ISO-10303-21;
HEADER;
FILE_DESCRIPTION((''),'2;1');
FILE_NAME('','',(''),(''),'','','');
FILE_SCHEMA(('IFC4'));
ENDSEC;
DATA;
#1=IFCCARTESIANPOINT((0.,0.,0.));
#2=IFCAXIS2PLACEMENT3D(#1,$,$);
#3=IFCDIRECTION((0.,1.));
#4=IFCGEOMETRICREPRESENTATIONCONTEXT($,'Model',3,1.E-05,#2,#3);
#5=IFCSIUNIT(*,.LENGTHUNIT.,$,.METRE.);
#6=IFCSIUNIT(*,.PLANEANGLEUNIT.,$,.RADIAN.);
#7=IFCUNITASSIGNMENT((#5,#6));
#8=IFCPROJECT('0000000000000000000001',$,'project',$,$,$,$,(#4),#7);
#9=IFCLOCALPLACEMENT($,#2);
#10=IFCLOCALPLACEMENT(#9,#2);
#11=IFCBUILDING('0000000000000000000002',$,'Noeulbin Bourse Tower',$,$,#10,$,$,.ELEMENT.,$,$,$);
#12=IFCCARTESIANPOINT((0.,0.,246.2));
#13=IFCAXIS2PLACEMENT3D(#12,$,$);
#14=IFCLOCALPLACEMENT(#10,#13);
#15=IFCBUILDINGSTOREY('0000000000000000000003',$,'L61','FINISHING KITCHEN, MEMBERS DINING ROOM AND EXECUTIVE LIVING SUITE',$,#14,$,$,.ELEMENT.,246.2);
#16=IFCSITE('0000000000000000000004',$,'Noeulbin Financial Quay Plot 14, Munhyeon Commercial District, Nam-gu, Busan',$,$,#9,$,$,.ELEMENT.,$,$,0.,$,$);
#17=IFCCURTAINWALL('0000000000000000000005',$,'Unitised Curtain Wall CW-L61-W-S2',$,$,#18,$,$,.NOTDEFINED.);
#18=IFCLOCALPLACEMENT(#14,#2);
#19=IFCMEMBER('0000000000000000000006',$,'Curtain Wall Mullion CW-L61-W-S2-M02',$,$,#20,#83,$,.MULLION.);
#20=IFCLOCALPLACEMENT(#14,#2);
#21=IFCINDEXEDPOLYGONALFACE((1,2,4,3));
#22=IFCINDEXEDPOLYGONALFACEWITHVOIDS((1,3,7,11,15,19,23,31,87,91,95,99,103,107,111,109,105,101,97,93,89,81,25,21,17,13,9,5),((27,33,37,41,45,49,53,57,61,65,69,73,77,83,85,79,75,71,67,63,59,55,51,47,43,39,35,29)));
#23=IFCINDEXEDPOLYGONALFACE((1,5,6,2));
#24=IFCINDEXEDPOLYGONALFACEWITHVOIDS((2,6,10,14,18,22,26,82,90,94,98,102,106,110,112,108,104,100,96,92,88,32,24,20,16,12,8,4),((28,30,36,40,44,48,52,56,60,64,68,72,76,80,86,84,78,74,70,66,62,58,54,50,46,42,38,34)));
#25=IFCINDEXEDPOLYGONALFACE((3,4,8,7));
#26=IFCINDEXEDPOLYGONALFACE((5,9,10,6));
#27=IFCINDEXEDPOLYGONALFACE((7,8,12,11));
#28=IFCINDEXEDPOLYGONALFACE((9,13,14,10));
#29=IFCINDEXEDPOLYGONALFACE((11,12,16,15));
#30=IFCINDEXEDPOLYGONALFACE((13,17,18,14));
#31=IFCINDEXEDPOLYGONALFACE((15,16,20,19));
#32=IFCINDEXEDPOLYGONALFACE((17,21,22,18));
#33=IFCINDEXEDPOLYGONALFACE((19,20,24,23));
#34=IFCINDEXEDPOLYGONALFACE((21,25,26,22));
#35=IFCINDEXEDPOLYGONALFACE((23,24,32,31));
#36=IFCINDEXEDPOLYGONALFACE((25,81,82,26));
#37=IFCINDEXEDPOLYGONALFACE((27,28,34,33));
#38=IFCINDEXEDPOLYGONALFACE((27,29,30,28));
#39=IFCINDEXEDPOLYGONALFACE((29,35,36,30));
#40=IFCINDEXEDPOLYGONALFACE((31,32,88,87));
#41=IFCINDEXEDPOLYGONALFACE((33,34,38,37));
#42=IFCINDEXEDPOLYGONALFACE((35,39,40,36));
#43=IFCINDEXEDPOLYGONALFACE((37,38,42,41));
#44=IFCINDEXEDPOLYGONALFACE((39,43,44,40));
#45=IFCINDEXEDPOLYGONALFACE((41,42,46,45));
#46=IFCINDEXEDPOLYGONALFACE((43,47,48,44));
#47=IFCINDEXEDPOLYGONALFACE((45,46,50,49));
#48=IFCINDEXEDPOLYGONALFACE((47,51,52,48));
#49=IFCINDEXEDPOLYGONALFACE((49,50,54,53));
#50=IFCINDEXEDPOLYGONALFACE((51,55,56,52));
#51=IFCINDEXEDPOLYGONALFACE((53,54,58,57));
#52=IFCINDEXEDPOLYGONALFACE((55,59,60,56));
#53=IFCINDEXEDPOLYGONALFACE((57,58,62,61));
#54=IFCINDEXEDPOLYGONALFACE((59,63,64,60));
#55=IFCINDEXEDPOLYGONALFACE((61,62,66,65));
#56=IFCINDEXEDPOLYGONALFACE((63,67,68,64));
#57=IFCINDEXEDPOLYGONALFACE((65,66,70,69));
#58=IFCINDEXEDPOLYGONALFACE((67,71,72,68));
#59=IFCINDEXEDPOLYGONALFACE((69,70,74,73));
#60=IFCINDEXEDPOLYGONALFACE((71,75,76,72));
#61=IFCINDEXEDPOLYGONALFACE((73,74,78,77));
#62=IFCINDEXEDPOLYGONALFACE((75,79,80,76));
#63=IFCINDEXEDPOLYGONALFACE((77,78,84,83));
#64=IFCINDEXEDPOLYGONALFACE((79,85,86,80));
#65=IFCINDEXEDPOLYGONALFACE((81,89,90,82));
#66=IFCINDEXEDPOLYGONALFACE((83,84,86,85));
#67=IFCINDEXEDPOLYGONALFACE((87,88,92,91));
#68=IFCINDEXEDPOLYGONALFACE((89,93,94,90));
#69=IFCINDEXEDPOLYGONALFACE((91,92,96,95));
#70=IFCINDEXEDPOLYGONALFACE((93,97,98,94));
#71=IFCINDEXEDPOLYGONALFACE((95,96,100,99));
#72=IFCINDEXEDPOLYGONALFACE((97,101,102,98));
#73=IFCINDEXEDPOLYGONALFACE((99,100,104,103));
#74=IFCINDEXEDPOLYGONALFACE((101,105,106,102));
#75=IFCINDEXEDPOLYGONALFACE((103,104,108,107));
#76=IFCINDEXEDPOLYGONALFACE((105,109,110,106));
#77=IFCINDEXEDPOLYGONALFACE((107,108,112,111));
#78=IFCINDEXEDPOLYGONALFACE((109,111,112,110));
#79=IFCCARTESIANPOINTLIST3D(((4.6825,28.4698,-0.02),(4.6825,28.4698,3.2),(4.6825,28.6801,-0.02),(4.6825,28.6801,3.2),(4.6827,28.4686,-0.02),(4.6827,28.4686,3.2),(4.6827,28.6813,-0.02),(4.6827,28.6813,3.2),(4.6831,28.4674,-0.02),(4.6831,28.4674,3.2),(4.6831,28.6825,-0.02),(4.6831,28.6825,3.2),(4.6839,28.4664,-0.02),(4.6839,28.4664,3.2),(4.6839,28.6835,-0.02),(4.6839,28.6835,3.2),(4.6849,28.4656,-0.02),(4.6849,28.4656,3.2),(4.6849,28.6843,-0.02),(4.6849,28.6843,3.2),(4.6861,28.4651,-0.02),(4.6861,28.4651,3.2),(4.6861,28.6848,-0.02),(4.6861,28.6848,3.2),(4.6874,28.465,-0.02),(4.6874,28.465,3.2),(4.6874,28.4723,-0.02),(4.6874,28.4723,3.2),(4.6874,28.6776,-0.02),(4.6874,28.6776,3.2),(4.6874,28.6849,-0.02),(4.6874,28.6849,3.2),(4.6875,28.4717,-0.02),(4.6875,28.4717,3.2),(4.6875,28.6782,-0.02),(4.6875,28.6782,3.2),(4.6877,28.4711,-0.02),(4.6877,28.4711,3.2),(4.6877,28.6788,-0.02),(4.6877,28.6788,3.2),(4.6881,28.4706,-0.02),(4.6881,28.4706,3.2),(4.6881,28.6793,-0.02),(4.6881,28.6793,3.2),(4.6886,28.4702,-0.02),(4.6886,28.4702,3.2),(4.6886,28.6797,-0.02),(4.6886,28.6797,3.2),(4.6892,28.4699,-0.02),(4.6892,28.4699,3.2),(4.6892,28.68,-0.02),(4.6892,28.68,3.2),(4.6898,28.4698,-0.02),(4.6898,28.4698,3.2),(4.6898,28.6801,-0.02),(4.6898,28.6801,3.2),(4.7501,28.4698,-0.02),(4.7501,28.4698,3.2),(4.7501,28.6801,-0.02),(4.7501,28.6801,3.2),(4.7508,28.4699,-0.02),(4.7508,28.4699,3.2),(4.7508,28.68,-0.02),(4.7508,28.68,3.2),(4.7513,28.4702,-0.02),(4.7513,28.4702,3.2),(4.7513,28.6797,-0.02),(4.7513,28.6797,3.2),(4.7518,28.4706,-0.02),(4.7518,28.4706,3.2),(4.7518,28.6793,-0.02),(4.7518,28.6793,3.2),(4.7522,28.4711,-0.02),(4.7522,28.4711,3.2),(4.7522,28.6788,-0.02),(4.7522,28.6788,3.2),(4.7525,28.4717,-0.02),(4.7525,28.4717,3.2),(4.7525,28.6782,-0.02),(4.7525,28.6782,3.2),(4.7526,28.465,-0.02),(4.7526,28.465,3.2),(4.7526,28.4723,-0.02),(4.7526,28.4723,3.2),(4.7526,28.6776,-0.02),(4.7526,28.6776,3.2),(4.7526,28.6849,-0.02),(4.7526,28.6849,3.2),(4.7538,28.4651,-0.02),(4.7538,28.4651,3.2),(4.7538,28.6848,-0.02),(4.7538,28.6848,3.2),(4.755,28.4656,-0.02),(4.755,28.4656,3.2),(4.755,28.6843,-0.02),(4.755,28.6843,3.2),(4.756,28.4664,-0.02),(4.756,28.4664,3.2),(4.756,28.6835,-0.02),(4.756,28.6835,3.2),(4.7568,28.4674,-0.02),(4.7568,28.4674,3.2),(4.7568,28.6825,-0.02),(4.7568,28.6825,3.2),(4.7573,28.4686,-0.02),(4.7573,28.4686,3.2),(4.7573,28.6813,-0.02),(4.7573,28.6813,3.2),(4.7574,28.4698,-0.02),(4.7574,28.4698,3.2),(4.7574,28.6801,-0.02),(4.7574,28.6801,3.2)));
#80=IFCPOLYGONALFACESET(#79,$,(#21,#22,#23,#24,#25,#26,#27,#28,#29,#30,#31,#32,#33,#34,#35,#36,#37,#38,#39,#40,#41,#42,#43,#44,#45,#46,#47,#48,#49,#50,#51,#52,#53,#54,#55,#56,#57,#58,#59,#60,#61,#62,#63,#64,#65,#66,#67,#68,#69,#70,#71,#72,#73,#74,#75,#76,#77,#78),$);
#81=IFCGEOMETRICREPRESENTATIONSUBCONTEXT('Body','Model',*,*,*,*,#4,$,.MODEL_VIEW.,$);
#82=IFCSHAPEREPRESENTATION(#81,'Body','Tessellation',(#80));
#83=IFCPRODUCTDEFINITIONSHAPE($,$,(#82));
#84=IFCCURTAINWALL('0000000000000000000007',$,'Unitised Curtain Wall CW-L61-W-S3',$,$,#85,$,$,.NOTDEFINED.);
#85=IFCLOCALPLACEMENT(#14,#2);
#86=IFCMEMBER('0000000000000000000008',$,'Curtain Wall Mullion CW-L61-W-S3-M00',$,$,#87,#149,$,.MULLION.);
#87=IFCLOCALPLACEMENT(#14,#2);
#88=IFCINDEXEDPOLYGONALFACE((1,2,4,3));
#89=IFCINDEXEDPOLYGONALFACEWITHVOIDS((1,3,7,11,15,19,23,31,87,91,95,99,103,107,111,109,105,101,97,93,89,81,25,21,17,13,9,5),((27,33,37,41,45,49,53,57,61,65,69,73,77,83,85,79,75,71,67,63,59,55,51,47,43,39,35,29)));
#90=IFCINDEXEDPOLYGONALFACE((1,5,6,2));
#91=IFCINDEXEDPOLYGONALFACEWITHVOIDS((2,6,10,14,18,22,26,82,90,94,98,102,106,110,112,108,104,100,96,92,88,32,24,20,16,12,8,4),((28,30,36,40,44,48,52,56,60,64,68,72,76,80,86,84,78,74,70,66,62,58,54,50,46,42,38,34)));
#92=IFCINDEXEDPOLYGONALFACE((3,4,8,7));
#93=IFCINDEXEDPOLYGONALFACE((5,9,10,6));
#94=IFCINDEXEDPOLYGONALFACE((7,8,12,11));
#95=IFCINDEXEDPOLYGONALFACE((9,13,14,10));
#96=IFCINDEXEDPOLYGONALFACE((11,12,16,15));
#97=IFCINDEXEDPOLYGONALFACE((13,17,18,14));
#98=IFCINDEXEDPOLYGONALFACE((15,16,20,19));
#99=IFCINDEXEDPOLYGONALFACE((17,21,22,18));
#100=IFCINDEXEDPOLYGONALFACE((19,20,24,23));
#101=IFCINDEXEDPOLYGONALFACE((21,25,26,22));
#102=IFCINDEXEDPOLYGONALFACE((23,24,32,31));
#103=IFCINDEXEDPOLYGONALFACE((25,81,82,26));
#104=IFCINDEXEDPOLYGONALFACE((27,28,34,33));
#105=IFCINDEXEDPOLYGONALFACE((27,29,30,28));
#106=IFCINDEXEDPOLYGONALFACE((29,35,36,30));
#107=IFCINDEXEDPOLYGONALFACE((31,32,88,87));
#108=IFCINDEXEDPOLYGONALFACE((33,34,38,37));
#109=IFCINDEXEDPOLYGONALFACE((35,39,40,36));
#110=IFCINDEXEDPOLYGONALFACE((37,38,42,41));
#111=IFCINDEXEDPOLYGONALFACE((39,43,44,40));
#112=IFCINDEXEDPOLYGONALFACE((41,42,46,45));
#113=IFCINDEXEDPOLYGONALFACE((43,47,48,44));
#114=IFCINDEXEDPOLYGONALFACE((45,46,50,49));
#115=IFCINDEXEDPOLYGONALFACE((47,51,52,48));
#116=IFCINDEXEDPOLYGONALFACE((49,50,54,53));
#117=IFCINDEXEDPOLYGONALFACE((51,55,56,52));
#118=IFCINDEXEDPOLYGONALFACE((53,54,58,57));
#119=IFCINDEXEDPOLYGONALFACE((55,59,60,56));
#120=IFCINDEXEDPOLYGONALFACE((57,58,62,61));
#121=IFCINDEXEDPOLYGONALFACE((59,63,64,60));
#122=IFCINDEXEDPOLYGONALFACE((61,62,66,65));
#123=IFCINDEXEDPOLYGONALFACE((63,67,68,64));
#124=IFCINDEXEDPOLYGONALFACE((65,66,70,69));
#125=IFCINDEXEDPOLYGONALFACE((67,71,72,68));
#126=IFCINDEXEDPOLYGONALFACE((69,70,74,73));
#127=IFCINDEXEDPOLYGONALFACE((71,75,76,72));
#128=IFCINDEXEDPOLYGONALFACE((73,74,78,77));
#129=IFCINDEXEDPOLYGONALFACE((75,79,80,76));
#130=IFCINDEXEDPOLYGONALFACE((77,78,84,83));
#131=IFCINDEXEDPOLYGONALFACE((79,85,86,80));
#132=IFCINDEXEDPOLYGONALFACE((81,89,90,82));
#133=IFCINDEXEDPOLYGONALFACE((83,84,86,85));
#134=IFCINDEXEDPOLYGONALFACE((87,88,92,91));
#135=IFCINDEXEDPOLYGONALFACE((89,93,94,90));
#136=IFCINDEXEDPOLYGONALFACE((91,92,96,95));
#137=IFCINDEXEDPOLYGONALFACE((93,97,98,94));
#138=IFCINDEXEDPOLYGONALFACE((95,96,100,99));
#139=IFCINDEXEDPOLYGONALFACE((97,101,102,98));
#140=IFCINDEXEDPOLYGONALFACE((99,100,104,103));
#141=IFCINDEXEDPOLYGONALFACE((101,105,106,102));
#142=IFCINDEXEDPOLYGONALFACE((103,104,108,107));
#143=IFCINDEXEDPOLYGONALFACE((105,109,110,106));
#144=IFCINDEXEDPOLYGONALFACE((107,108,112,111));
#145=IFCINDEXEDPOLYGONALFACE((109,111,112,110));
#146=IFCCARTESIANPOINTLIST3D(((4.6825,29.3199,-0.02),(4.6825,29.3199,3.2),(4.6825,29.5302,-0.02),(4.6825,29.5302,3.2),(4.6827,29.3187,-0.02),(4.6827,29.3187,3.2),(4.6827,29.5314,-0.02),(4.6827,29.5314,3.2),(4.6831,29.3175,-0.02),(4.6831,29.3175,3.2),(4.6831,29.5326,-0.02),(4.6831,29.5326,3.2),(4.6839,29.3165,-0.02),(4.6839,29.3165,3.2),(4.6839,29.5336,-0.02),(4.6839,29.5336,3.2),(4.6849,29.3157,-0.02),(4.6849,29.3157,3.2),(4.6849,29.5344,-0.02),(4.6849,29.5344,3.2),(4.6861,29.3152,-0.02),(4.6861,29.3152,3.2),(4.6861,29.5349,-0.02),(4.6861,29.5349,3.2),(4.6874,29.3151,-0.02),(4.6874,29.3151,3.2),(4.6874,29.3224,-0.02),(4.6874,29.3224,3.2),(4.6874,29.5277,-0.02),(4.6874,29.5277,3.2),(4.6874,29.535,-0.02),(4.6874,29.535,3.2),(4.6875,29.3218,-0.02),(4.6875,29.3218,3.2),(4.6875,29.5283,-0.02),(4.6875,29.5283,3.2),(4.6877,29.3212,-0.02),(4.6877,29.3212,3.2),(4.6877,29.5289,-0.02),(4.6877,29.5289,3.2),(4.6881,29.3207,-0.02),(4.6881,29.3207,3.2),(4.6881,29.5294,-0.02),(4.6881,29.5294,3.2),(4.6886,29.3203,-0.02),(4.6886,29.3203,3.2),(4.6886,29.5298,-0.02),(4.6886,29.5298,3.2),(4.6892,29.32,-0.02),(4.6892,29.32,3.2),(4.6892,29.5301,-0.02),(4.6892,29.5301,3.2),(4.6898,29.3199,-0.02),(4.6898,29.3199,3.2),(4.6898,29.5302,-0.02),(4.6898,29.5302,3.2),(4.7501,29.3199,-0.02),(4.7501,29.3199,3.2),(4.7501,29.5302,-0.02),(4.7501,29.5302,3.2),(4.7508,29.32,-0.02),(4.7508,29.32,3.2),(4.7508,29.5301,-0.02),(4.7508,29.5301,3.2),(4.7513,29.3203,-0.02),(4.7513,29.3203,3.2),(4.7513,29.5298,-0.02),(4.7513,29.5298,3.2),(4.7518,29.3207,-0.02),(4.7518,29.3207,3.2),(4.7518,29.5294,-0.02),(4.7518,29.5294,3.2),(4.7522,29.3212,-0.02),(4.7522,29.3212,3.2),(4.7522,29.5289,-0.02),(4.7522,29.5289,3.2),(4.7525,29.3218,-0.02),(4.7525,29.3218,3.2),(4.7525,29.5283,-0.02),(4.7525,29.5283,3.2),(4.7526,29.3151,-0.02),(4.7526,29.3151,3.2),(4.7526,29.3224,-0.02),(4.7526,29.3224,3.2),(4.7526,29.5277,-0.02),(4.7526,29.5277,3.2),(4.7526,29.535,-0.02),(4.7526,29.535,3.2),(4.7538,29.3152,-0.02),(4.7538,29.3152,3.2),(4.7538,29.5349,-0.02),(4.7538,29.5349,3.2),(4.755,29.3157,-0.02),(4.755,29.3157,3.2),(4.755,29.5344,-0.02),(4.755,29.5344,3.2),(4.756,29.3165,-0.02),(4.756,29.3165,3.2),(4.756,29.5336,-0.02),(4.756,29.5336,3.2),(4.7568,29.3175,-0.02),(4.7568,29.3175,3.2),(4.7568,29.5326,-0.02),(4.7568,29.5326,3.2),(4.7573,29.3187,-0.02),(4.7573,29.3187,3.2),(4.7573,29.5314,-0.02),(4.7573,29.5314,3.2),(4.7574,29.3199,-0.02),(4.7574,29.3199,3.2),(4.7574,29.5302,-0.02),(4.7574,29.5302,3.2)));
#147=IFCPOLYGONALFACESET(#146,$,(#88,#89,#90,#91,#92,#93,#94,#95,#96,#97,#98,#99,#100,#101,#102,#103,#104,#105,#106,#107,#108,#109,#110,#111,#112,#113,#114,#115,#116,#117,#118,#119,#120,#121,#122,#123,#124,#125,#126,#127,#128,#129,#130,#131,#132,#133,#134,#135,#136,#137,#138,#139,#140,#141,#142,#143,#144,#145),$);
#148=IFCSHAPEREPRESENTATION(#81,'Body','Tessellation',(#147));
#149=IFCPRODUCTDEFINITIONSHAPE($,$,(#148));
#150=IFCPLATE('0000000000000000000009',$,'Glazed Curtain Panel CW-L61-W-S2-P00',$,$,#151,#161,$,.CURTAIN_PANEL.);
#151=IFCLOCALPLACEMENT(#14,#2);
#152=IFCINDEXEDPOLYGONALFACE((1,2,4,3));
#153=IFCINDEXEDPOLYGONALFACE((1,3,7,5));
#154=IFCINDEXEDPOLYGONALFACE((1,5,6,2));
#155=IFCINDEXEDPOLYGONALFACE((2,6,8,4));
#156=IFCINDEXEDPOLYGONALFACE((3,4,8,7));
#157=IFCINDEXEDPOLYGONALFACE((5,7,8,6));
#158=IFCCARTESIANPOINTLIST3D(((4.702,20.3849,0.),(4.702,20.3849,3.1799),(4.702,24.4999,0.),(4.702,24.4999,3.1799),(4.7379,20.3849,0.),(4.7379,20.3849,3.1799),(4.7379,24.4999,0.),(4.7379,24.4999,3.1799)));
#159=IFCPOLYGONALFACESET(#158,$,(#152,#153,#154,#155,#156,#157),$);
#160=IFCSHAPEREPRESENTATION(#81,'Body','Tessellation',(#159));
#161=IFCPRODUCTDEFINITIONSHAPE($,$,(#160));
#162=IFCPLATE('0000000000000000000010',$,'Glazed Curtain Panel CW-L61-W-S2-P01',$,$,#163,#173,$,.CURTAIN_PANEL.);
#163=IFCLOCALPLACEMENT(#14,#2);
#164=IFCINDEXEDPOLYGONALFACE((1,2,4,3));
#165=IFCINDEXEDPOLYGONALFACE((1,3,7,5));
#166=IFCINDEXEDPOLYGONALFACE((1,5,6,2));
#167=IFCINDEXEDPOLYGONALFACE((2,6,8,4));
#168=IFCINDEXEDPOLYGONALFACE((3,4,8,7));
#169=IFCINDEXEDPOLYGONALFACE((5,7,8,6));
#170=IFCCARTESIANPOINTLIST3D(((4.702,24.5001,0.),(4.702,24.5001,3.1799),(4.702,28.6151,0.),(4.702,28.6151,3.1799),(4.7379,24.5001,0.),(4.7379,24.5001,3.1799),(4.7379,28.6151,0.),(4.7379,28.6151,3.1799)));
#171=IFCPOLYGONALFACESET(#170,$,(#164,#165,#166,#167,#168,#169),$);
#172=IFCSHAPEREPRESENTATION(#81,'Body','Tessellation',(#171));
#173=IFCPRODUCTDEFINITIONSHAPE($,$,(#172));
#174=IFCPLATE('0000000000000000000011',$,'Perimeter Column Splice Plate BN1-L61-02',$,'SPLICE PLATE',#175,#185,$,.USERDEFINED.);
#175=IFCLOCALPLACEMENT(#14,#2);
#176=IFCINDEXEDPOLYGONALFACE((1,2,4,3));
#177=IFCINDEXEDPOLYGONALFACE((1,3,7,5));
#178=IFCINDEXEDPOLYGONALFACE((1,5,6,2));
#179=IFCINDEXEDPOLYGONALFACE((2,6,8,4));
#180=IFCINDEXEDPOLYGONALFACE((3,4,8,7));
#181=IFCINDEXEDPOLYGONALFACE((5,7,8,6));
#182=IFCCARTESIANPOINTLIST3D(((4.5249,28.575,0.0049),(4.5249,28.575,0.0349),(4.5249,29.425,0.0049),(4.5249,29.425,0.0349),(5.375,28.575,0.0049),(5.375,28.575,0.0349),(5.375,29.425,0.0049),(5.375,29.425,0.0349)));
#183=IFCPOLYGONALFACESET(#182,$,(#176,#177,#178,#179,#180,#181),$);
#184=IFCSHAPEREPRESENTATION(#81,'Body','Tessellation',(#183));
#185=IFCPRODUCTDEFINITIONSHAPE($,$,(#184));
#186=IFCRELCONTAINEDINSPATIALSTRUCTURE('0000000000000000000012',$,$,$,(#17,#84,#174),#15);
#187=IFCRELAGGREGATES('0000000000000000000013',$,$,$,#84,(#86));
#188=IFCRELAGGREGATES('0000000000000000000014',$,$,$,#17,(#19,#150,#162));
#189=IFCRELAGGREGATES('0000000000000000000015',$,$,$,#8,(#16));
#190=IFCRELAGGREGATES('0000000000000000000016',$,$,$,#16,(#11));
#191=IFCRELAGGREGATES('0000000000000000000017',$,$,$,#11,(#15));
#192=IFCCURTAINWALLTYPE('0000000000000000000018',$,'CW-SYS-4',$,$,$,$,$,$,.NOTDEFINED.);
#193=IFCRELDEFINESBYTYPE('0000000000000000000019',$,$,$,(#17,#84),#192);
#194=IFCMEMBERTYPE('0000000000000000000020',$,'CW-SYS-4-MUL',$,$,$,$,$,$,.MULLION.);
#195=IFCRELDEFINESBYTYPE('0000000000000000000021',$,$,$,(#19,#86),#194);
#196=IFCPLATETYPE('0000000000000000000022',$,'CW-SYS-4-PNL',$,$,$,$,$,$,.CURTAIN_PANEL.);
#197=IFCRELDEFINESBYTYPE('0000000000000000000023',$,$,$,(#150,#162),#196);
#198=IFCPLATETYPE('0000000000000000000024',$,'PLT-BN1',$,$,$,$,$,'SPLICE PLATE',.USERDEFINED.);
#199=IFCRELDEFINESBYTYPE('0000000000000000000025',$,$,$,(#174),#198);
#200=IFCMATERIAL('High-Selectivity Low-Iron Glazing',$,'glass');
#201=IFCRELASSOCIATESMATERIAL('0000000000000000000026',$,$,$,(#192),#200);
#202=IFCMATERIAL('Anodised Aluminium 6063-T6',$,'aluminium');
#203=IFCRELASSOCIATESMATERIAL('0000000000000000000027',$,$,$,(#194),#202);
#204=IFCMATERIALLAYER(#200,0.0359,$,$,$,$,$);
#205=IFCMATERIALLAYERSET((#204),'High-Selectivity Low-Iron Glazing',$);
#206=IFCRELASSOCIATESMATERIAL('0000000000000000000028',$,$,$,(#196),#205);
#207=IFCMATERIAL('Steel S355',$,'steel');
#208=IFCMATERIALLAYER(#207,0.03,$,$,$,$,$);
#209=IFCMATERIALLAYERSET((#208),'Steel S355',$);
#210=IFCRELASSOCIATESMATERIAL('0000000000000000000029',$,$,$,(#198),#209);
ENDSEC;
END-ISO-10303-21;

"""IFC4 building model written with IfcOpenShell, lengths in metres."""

from ifc_helpers import new_model, si_unit, direction, frame, origin, origin_2d, place, context, subcontext, project, spatial, rectangle, hollow_rectangle, extrude, material, layer, layer_set, material_profile, profile_set, type_object, element, aggregate, save


model = new_model("IFC4")

# Units and contexts
model_context = context("Model", 3, precision=1e-05, world=origin(), true_north=direction((0.0, 1.0)))
body_context = subcontext(model_context, "Body", "Model", "MODEL_VIEW")
ifc_project = project(units=[si_unit("LENGTHUNIT", "METRE"), si_unit("PLANEANGLEUNIT", "RADIAN")], contexts=[model_context])

# Site, building, storey
site_placement = place(None, origin())
site = spatial("IfcSite", under=ifc_project, at=site_placement, Name="Noeulbin Financial Quay Plot 14, Munhyeon Commercial District, Nam-gu, Busan", CompositionType="ELEMENT", RefElevation=0.0)
building_placement = place(site_placement, origin())
building = spatial("IfcBuilding", under=site, at=building_placement, Name="Noeulbin Bourse Tower", CompositionType="ELEMENT")
storey_placement = place(building_placement, frame((0.0, 0.0, 246.2)))
storey = spatial("IfcBuildingStorey", under=building, at=storey_placement, Name="L61", Description="FINISHING KITCHEN, MEMBERS DINING ROOM AND EXECUTIVE LIVING SUITE", CompositionType="ELEMENT", Elevation=246.2)

# Shared definitions
ifc_material_1 = material(Name="Steel S355", Category="steel")

# Curtain wall, member
ifc_material_2 = material(Name="High-Selectivity Low-Iron Glazing", Category="glass")
curtain_wall_type = type_object("IfcCurtainWallType", Name="CW-SYS-4", PredefinedType="NOTDEFINED", material=ifc_material_2)
curtain_wall_1_placement = place(storey_placement, origin())
curtain_wall_1 = element("IfcCurtainWall", 1, at=curtain_wall_1_placement, inside=storey, type_object=curtain_wall_type, Name="Unitised Curtain Wall CW-L61-W-S2", PredefinedType="NOTDEFINED")
ifc_material_3 = material(Name="Anodised Aluminium 6063-T6", Category="aluminium")
ifc_material_profile_1 = material_profile(ifc_material_3, hollow_rectangle(XDim=0.075, YDim=0.22, WallThickness=0.0049, InnerFilletRadius=0.0024, OuterFilletRadius=0.0049, at=origin_2d()), Name="ALU-MULL-75x220x5", Category="LoadBearing")
ifc_profile_set_1 = profile_set([ifc_material_profile_1], Name="Anodised Aluminium 6063-T6")
member_type = type_object("IfcMemberType", Name="CW-SYS-4-MUL", PredefinedType="MULLION", material=ifc_profile_set_1)
member_1_placement = place(storey_placement, frame((4.72, 28.575, -0.02), z_axis=(0.0, 0.0, 1.0), x_axis=(1.0, 0.0, 0.0)))
member_1 = element("IfcMember", 2, at=member_1_placement, type_object=member_type, Name="Curtain Wall Mullion CW-L61-W-S2-M02", PredefinedType="MULLION", context=body_context, shape_type="SweptSolid", body=[
    extrude(hollow_rectangle(XDim=0.075, YDim=0.22, WallThickness=0.0049, InnerFilletRadius=0.0024, OuterFilletRadius=0.0049, at=origin_2d()), origin(), (0.0, 0.0, 1.0), 3.22),
])

# Curtain wall, member
curtain_wall_2_placement = place(storey_placement, origin())
curtain_wall_2 = element("IfcCurtainWall", 3, at=curtain_wall_2_placement, inside=storey, type_object=curtain_wall_type, Name="Unitised Curtain Wall CW-L61-W-S3", PredefinedType="NOTDEFINED")
member_2_placement = place(storey_placement, frame((4.72, 29.425, -0.02), z_axis=(0.0, 0.0, 1.0), x_axis=(1.0, 0.0, 0.0)))
member_2 = element("IfcMember", 4, at=member_2_placement, type_object=member_type, Name="Curtain Wall Mullion CW-L61-W-S3-M00", PredefinedType="MULLION", context=body_context, shape_type="SweptSolid", body=[
    extrude(hollow_rectangle(XDim=0.075, YDim=0.22, WallThickness=0.0049, InnerFilletRadius=0.0024, OuterFilletRadius=0.0049, at=origin_2d()), origin(), (0.0, 0.0, 1.0), 3.22),
])
aggregate(curtain_wall_2, [member_2])

# Plates
ifc_layer_1 = layer(ifc_material_2, 0.0359)
ifc_layer_set_1 = layer_set([ifc_layer_1], Name="High-Selectivity Low-Iron Glazing")
plate_type_1 = type_object("IfcPlateType", Name="CW-SYS-4-PNL", PredefinedType="CURTAIN_PANEL", material=ifc_layer_set_1)
plate_1_placement = place(storey_placement, frame((4.72, 22.4424, 0.0), z_axis=(0.0, 0.0, 1.0), x_axis=(0.0, 1.0, 0.0)))
plate_1 = element("IfcPlate", 5, at=plate_1_placement, type_object=plate_type_1, Name="Glazed Curtain Panel CW-L61-W-S2-P00", PredefinedType="CURTAIN_PANEL", context=body_context, shape_type="SweptSolid", body=[
    extrude(rectangle(XDim=4.115, YDim=0.0359, at=origin_2d()), origin(), (0.0, 0.0, 1.0), 3.1799),
])
plate_2_placement = place(storey_placement, frame((4.72, 26.5576, 0.0), z_axis=(0.0, 0.0, 1.0), x_axis=(0.0, 1.0, 0.0)))
plate_2 = element("IfcPlate", 6, at=plate_2_placement, type_object=plate_type_1, Name="Glazed Curtain Panel CW-L61-W-S2-P01", PredefinedType="CURTAIN_PANEL", context=body_context, shape_type="SweptSolid", body=[
    extrude(rectangle(XDim=4.115, YDim=0.0359, at=origin_2d()), origin(), (0.0, 0.0, 1.0), 3.1799),
])
aggregate(curtain_wall_1, [member_1, plate_1, plate_2])
ifc_layer_2 = layer(ifc_material_1, 0.03)
ifc_layer_set_2 = layer_set([ifc_layer_2], Name="Steel S355")
plate_type_2 = type_object("IfcPlateType", Name="PLT-BN1", ElementType="SPLICE PLATE", PredefinedType="USERDEFINED", material=ifc_layer_set_2)
plate_3_placement = place(storey_placement, frame((4.95, 29.0, 0.0049), z_axis=(0.0, 0.0, 1.0), x_axis=(1.0, 0.0, 0.0)))
element("IfcPlate", 7, at=plate_3_placement, inside=storey, type_object=plate_type_2, Name="Perimeter Column Splice Plate BN1-L61-02", ObjectType="SPLICE PLATE", PredefinedType="USERDEFINED", context=body_context, shape_type="SweptSolid", body=[
    extrude(rectangle(XDim=0.8501, YDim=0.8501, at=origin_2d()), origin(), (0.0, 0.0, 1.0), 0.03),
])

save(model, "model.ifc")
